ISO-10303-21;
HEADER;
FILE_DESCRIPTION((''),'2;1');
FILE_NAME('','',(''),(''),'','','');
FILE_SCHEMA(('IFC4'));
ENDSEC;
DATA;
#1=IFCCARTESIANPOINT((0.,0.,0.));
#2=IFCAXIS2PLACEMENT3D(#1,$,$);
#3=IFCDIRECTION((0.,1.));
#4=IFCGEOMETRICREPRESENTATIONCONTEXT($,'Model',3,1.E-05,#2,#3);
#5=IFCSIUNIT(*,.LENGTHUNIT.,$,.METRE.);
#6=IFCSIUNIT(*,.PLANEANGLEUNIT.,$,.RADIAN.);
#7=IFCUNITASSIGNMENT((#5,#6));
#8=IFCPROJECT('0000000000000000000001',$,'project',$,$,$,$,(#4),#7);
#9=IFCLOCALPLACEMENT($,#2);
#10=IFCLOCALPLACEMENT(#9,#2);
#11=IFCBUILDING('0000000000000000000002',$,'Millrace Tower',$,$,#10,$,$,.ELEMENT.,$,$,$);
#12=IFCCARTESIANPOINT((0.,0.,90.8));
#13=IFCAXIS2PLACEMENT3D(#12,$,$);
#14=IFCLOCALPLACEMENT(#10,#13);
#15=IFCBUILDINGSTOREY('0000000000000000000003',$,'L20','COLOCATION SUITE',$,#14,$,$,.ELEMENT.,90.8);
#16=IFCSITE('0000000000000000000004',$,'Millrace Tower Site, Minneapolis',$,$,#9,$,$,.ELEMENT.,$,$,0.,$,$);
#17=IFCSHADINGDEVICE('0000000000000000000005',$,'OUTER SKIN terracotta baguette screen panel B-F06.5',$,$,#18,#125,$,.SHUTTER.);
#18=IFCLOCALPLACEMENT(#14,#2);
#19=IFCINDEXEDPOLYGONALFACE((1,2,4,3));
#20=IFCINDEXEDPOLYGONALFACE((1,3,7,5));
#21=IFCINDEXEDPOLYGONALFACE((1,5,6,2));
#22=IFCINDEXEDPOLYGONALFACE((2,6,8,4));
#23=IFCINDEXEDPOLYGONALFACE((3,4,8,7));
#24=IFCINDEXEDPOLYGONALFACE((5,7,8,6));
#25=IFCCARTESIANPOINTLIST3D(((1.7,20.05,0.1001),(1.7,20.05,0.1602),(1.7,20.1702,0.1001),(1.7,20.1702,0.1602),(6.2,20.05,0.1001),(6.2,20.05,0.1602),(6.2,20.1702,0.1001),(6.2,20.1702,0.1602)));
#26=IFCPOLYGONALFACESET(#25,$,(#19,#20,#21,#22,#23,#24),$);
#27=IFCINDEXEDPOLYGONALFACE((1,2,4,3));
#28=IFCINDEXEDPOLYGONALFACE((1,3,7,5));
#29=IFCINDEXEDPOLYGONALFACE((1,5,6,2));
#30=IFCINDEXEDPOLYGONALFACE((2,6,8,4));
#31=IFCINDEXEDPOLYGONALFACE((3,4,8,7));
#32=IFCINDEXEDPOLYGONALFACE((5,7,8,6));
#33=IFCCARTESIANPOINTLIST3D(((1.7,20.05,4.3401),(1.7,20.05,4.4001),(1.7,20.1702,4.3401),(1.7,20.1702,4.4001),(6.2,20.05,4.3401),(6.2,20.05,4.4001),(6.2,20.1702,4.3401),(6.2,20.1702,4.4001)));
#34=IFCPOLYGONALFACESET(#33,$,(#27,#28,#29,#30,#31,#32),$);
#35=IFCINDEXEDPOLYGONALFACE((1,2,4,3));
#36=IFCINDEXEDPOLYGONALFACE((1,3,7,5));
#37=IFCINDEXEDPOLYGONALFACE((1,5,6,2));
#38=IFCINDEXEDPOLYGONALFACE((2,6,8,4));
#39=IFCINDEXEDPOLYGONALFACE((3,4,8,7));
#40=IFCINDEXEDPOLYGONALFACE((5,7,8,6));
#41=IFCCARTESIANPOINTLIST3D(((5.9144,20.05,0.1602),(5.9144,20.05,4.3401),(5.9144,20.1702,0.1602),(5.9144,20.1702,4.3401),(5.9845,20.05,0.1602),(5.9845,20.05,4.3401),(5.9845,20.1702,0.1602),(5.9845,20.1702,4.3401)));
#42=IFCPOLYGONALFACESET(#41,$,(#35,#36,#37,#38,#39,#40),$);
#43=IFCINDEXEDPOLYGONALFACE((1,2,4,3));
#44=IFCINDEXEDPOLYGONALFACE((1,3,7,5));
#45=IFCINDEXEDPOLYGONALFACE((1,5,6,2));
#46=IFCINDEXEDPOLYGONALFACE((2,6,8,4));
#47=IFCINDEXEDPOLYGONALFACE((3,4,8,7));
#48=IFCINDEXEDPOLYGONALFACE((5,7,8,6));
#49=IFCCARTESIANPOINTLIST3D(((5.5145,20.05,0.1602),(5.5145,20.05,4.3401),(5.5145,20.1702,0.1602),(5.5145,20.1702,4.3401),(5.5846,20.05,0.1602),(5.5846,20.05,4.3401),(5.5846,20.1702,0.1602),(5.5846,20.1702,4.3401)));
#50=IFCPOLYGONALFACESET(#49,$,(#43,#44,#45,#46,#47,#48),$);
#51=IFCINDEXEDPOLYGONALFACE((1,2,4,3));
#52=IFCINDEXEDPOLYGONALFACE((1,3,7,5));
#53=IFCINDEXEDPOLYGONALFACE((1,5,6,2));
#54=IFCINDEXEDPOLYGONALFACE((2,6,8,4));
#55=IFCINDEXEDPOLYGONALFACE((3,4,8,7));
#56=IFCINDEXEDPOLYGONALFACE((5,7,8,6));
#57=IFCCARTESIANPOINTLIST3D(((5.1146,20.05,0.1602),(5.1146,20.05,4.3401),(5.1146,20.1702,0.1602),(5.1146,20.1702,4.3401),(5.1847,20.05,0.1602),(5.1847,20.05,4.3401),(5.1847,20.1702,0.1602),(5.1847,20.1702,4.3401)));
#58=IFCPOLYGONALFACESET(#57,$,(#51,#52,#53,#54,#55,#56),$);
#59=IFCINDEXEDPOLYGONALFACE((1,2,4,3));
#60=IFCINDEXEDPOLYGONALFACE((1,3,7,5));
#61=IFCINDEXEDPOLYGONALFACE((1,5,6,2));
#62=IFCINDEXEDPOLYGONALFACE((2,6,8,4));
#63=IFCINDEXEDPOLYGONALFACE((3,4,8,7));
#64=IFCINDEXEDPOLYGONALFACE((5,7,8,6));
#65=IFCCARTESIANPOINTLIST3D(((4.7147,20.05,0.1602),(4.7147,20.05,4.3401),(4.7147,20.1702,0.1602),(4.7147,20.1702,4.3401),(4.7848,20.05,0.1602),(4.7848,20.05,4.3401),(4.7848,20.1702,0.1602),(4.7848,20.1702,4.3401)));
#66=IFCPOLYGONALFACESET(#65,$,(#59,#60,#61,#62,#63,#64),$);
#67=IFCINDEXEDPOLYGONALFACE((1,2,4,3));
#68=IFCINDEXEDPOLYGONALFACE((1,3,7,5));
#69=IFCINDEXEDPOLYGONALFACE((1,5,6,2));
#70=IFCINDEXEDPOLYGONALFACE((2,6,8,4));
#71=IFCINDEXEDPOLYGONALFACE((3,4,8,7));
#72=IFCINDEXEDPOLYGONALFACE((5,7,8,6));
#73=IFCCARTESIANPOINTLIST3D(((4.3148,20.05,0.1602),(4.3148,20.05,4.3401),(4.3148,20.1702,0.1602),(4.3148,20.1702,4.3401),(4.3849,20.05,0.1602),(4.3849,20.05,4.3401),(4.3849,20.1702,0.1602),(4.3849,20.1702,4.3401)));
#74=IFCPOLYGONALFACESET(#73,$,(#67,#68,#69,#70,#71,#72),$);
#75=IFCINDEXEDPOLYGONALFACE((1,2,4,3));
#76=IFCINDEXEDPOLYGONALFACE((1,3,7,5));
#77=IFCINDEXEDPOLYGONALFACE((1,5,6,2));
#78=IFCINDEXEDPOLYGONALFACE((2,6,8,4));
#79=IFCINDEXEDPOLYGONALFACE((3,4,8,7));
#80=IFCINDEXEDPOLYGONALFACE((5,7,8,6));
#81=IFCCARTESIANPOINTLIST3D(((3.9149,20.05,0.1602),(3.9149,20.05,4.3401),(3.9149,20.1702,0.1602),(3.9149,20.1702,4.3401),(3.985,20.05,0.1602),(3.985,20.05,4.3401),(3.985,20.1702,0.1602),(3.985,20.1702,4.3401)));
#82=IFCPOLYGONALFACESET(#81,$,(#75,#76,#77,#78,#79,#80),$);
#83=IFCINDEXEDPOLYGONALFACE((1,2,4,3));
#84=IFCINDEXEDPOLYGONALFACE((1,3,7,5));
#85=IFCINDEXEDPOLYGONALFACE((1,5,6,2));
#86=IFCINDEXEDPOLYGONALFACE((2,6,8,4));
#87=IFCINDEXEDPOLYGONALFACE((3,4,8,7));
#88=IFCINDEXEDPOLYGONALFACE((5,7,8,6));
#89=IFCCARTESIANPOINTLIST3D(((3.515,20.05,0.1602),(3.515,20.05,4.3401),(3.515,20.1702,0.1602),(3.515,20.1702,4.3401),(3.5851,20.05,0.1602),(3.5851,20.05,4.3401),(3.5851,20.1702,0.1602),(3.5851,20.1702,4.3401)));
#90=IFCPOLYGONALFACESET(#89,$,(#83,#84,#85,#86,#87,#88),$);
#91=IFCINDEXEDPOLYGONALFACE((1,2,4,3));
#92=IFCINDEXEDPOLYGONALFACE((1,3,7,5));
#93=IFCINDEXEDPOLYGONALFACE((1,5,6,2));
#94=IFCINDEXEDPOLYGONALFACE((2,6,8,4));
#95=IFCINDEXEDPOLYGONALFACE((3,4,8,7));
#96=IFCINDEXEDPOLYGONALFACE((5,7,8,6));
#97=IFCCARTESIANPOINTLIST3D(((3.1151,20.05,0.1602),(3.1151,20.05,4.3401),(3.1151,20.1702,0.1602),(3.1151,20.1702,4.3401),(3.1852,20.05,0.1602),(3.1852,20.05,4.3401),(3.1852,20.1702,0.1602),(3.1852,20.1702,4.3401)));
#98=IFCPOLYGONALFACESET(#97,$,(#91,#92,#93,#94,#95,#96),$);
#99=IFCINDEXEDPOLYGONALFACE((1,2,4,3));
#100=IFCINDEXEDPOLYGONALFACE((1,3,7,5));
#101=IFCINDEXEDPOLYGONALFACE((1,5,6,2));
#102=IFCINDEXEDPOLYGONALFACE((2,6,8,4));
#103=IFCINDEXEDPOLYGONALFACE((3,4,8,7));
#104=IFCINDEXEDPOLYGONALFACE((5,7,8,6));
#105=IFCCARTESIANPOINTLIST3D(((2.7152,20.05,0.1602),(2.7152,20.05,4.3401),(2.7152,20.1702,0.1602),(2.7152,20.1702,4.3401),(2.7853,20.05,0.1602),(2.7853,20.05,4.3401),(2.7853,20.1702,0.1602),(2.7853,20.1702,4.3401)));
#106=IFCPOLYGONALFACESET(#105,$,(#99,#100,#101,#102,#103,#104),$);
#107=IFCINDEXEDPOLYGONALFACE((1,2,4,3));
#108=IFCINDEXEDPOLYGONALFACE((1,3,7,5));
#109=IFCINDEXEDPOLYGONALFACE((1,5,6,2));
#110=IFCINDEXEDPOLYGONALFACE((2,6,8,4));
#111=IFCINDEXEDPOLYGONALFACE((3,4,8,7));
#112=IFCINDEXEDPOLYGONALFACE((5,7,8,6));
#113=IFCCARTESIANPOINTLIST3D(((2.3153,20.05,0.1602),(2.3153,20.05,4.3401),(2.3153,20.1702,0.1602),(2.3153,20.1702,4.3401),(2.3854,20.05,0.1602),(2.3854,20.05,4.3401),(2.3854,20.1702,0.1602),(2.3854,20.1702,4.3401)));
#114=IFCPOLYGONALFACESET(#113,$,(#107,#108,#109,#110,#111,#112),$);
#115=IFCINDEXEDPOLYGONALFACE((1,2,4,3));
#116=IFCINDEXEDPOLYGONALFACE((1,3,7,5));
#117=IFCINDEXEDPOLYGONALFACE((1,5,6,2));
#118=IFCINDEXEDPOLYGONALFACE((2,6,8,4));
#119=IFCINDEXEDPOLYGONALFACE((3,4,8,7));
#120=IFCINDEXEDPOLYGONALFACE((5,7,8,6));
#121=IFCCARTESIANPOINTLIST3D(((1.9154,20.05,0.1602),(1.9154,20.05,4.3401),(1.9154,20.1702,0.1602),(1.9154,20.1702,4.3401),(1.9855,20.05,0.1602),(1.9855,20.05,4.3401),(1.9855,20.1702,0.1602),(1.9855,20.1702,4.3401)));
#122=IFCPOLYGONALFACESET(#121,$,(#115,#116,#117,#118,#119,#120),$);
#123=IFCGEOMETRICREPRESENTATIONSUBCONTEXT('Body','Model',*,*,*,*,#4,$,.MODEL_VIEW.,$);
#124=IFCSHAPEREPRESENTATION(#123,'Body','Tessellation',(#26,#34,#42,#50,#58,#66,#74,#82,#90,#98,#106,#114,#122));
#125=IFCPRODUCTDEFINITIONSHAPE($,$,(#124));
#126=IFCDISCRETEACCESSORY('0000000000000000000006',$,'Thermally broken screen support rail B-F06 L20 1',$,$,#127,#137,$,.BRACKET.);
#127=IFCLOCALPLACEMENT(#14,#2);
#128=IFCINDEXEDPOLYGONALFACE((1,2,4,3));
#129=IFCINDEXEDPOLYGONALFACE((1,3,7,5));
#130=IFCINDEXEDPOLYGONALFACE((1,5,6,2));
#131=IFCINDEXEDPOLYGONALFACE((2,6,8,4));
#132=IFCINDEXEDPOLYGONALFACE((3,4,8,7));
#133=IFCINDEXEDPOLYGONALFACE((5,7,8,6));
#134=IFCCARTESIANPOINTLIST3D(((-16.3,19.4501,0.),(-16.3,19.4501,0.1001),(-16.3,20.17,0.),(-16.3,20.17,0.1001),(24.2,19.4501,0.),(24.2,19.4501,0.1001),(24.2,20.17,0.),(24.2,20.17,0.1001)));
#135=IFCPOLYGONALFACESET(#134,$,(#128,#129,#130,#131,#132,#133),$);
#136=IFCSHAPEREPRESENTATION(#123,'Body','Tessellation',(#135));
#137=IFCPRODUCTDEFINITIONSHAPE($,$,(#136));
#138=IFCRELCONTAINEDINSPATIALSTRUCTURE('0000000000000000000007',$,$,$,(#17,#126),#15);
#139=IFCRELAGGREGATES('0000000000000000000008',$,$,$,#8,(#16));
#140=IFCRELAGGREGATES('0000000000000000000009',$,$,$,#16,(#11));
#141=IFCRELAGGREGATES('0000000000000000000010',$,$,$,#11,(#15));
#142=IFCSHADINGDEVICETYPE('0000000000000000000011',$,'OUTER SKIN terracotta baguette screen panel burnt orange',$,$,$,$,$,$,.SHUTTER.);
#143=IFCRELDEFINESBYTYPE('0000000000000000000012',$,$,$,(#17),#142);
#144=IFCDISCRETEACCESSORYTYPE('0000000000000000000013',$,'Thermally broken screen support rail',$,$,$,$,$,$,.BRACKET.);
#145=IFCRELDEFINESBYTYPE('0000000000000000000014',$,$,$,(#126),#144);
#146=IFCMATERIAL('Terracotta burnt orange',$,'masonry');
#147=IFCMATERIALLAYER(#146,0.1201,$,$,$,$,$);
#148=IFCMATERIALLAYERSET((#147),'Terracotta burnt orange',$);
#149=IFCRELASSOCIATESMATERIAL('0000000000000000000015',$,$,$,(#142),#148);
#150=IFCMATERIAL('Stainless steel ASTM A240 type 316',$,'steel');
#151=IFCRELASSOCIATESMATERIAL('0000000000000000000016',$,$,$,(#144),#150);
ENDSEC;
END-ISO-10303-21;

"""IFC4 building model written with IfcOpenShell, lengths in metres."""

from ifc_helpers import new_model, entity, si_unit, direction, frame, frame_2d, origin, origin_2d, place, context, subcontext, project, spatial, rectangle, extrude, source, transform, mapped, material, layer, layer_set, type_object, element, save


model = new_model("IFC4")

# Units and contexts
model_context = context("Model", 3, precision=1e-05, world=origin(), true_north=direction((0.0, 1.0)))
body_context = subcontext(model_context, "Body", "Model", "MODEL_VIEW")
ifc_project = project(units=[si_unit("LENGTHUNIT", "METRE"), si_unit("PLANEANGLEUNIT", "RADIAN")], contexts=[model_context])

# Site, building, storey
site_placement = place(None, origin())
site = spatial("IfcSite", under=ifc_project, at=site_placement, Name="Millrace Tower Site, Minneapolis", CompositionType="ELEMENT", RefElevation=0.0)
building_placement = place(site_placement, origin())
building = spatial("IfcBuilding", under=site, at=building_placement, Name="Millrace Tower", CompositionType="ELEMENT")
storey_placement = place(building_placement, frame((0.0, 0.0, 90.8)))
storey = spatial("IfcBuildingStorey", under=building, at=storey_placement, Name="L20", Description="COLOCATION SUITE", CompositionType="ELEMENT", Elevation=90.8)

# Shading device
ifc_material_1 = material(Name="Terracotta burnt orange", Category="masonry")
ifc_layer_1 = layer(ifc_material_1, 0.1201)
ifc_layer_set_1 = layer_set([ifc_layer_1], Name="Terracotta burnt orange")
shading_device_type = type_object("IfcShadingDeviceType", Name="OUTER SKIN terracotta baguette screen panel burnt orange", PredefinedType="SHUTTER", material=ifc_layer_set_1)
cartesian_point = entity("IfcCartesianPoint", [-2.25, 0.0601])
shared_polyline = entity("IfcPolyline", [cartesian_point, entity("IfcCartesianPoint", [2.25, 0.0601]), entity("IfcCartesianPoint", [2.25, -0.0601]), entity("IfcCartesianPoint", [-2.25, -0.0601]), cartesian_point])
shared_shape = source(origin(), body_context, "Body", "SweptSolid", [
    entity("IfcExtrudedAreaSolid", entity("IfcArbitraryClosedProfileDef", "AREA", None, shared_polyline), entity("IfcAxis2Placement3D", entity("IfcCartesianPoint", [0.0, 0.0, 0.0])), entity("IfcDirection", [0.0, 0.0, 1.0]), 0.0601),
    entity("IfcExtrudedAreaSolid", entity("IfcArbitraryClosedProfileDef", "AREA", None, shared_polyline), entity("IfcAxis2Placement3D", entity("IfcCartesianPoint", [0.0, 0.0, 4.24])), entity("IfcDirection", [0.0, 0.0, 1.0]), 0.0601),
    extrude(rectangle(XDim=0.0701, YDim=0.1201, at=frame_2d((-1.9995, 0.0))), frame((0.0, 0.0, 0.0601)), (0.0, 0.0, 1.0), 4.1799),
    extrude(rectangle(XDim=0.0701, YDim=0.1201, at=frame_2d((-1.5996, 0.0))), frame((0.0, 0.0, 0.0601)), (0.0, 0.0, 1.0), 4.1799),
    extrude(rectangle(XDim=0.0701, YDim=0.1201, at=frame_2d((-1.1997, 0.0))), frame((0.0, 0.0, 0.0601)), (0.0, 0.0, 1.0), 4.1799),
    extrude(rectangle(XDim=0.0701, YDim=0.1201, at=frame_2d((-0.7998, 0.0))), frame((0.0, 0.0, 0.0601)), (0.0, 0.0, 1.0), 4.1799),
    extrude(rectangle(XDim=0.0701, YDim=0.1201, at=frame_2d((-0.3999, 0.0))), frame((0.0, 0.0, 0.0601)), (0.0, 0.0, 1.0), 4.1799),
    extrude(rectangle(XDim=0.0701, YDim=0.1201, at=origin_2d()), frame((0.0, 0.0, 0.0601)), (0.0, 0.0, 1.0), 4.1799),
    extrude(rectangle(XDim=0.0701, YDim=0.1201, at=frame_2d((0.3999, 0.0))), frame((0.0, 0.0, 0.0601)), (0.0, 0.0, 1.0), 4.1799),
    extrude(rectangle(XDim=0.0701, YDim=0.1201, at=frame_2d((0.7998, 0.0))), frame((0.0, 0.0, 0.0601)), (0.0, 0.0, 1.0), 4.1799),
    extrude(rectangle(XDim=0.0701, YDim=0.1201, at=frame_2d((1.1997, 0.0))), frame((0.0, 0.0, 0.0601)), (0.0, 0.0, 1.0), 4.1799),
    extrude(rectangle(XDim=0.0701, YDim=0.1201, at=frame_2d((1.5996, 0.0))), frame((0.0, 0.0, 0.0601)), (0.0, 0.0, 1.0), 4.1799),
    extrude(rectangle(XDim=0.0701, YDim=0.1201, at=frame_2d((1.9995, 0.0))), frame((0.0, 0.0, 0.0601)), (0.0, 0.0, 1.0), 4.1799),
])
for number, where, z_axis, x_axis, name in (
    (1, (3.95, 20.1101, 0.1001), (0.0, 0.0, 1.0), (-1.0, 0.0, 0.0), "OUTER SKIN terracotta baguette screen panel B-F06.5"),
):
    element("IfcShadingDevice", number, at=place(storey_placement, frame(where, z_axis=z_axis, x_axis=x_axis)), inside=storey, type_object=shading_device_type, Name=name, PredefinedType="SHUTTER", context=body_context, shape_type="MappedRepresentation", body=[
        mapped(shared_shape, transform((0.0, 0.0, 0.0), scale=1.0)),
    ])

# Discrete accessory
ifc_material_2 = material(Name="Stainless steel ASTM A240 type 316", Category="steel")
discrete_accessory_type = type_object("IfcDiscreteAccessoryType", Name="Thermally broken screen support rail", PredefinedType="BRACKET", material=ifc_material_2)
discrete_accessory_placement = place(storey_placement, frame((3.95, 19.8101, 0.0), z_axis=(0.0, 0.0, 1.0), x_axis=(-1.0, 0.0, 0.0)))
element("IfcDiscreteAccessory", 2, at=discrete_accessory_placement, inside=storey, type_object=discrete_accessory_type, Name="Thermally broken screen support rail B-F06 L20 1", PredefinedType="BRACKET", context=body_context, shape_type="SweptSolid", body=[
    extrude(rectangle(XDim=40.5, YDim=0.72, at=origin_2d()), origin(), (0.0, 0.0, 1.0), 0.1001),
])

save(model, "model.ifc")
